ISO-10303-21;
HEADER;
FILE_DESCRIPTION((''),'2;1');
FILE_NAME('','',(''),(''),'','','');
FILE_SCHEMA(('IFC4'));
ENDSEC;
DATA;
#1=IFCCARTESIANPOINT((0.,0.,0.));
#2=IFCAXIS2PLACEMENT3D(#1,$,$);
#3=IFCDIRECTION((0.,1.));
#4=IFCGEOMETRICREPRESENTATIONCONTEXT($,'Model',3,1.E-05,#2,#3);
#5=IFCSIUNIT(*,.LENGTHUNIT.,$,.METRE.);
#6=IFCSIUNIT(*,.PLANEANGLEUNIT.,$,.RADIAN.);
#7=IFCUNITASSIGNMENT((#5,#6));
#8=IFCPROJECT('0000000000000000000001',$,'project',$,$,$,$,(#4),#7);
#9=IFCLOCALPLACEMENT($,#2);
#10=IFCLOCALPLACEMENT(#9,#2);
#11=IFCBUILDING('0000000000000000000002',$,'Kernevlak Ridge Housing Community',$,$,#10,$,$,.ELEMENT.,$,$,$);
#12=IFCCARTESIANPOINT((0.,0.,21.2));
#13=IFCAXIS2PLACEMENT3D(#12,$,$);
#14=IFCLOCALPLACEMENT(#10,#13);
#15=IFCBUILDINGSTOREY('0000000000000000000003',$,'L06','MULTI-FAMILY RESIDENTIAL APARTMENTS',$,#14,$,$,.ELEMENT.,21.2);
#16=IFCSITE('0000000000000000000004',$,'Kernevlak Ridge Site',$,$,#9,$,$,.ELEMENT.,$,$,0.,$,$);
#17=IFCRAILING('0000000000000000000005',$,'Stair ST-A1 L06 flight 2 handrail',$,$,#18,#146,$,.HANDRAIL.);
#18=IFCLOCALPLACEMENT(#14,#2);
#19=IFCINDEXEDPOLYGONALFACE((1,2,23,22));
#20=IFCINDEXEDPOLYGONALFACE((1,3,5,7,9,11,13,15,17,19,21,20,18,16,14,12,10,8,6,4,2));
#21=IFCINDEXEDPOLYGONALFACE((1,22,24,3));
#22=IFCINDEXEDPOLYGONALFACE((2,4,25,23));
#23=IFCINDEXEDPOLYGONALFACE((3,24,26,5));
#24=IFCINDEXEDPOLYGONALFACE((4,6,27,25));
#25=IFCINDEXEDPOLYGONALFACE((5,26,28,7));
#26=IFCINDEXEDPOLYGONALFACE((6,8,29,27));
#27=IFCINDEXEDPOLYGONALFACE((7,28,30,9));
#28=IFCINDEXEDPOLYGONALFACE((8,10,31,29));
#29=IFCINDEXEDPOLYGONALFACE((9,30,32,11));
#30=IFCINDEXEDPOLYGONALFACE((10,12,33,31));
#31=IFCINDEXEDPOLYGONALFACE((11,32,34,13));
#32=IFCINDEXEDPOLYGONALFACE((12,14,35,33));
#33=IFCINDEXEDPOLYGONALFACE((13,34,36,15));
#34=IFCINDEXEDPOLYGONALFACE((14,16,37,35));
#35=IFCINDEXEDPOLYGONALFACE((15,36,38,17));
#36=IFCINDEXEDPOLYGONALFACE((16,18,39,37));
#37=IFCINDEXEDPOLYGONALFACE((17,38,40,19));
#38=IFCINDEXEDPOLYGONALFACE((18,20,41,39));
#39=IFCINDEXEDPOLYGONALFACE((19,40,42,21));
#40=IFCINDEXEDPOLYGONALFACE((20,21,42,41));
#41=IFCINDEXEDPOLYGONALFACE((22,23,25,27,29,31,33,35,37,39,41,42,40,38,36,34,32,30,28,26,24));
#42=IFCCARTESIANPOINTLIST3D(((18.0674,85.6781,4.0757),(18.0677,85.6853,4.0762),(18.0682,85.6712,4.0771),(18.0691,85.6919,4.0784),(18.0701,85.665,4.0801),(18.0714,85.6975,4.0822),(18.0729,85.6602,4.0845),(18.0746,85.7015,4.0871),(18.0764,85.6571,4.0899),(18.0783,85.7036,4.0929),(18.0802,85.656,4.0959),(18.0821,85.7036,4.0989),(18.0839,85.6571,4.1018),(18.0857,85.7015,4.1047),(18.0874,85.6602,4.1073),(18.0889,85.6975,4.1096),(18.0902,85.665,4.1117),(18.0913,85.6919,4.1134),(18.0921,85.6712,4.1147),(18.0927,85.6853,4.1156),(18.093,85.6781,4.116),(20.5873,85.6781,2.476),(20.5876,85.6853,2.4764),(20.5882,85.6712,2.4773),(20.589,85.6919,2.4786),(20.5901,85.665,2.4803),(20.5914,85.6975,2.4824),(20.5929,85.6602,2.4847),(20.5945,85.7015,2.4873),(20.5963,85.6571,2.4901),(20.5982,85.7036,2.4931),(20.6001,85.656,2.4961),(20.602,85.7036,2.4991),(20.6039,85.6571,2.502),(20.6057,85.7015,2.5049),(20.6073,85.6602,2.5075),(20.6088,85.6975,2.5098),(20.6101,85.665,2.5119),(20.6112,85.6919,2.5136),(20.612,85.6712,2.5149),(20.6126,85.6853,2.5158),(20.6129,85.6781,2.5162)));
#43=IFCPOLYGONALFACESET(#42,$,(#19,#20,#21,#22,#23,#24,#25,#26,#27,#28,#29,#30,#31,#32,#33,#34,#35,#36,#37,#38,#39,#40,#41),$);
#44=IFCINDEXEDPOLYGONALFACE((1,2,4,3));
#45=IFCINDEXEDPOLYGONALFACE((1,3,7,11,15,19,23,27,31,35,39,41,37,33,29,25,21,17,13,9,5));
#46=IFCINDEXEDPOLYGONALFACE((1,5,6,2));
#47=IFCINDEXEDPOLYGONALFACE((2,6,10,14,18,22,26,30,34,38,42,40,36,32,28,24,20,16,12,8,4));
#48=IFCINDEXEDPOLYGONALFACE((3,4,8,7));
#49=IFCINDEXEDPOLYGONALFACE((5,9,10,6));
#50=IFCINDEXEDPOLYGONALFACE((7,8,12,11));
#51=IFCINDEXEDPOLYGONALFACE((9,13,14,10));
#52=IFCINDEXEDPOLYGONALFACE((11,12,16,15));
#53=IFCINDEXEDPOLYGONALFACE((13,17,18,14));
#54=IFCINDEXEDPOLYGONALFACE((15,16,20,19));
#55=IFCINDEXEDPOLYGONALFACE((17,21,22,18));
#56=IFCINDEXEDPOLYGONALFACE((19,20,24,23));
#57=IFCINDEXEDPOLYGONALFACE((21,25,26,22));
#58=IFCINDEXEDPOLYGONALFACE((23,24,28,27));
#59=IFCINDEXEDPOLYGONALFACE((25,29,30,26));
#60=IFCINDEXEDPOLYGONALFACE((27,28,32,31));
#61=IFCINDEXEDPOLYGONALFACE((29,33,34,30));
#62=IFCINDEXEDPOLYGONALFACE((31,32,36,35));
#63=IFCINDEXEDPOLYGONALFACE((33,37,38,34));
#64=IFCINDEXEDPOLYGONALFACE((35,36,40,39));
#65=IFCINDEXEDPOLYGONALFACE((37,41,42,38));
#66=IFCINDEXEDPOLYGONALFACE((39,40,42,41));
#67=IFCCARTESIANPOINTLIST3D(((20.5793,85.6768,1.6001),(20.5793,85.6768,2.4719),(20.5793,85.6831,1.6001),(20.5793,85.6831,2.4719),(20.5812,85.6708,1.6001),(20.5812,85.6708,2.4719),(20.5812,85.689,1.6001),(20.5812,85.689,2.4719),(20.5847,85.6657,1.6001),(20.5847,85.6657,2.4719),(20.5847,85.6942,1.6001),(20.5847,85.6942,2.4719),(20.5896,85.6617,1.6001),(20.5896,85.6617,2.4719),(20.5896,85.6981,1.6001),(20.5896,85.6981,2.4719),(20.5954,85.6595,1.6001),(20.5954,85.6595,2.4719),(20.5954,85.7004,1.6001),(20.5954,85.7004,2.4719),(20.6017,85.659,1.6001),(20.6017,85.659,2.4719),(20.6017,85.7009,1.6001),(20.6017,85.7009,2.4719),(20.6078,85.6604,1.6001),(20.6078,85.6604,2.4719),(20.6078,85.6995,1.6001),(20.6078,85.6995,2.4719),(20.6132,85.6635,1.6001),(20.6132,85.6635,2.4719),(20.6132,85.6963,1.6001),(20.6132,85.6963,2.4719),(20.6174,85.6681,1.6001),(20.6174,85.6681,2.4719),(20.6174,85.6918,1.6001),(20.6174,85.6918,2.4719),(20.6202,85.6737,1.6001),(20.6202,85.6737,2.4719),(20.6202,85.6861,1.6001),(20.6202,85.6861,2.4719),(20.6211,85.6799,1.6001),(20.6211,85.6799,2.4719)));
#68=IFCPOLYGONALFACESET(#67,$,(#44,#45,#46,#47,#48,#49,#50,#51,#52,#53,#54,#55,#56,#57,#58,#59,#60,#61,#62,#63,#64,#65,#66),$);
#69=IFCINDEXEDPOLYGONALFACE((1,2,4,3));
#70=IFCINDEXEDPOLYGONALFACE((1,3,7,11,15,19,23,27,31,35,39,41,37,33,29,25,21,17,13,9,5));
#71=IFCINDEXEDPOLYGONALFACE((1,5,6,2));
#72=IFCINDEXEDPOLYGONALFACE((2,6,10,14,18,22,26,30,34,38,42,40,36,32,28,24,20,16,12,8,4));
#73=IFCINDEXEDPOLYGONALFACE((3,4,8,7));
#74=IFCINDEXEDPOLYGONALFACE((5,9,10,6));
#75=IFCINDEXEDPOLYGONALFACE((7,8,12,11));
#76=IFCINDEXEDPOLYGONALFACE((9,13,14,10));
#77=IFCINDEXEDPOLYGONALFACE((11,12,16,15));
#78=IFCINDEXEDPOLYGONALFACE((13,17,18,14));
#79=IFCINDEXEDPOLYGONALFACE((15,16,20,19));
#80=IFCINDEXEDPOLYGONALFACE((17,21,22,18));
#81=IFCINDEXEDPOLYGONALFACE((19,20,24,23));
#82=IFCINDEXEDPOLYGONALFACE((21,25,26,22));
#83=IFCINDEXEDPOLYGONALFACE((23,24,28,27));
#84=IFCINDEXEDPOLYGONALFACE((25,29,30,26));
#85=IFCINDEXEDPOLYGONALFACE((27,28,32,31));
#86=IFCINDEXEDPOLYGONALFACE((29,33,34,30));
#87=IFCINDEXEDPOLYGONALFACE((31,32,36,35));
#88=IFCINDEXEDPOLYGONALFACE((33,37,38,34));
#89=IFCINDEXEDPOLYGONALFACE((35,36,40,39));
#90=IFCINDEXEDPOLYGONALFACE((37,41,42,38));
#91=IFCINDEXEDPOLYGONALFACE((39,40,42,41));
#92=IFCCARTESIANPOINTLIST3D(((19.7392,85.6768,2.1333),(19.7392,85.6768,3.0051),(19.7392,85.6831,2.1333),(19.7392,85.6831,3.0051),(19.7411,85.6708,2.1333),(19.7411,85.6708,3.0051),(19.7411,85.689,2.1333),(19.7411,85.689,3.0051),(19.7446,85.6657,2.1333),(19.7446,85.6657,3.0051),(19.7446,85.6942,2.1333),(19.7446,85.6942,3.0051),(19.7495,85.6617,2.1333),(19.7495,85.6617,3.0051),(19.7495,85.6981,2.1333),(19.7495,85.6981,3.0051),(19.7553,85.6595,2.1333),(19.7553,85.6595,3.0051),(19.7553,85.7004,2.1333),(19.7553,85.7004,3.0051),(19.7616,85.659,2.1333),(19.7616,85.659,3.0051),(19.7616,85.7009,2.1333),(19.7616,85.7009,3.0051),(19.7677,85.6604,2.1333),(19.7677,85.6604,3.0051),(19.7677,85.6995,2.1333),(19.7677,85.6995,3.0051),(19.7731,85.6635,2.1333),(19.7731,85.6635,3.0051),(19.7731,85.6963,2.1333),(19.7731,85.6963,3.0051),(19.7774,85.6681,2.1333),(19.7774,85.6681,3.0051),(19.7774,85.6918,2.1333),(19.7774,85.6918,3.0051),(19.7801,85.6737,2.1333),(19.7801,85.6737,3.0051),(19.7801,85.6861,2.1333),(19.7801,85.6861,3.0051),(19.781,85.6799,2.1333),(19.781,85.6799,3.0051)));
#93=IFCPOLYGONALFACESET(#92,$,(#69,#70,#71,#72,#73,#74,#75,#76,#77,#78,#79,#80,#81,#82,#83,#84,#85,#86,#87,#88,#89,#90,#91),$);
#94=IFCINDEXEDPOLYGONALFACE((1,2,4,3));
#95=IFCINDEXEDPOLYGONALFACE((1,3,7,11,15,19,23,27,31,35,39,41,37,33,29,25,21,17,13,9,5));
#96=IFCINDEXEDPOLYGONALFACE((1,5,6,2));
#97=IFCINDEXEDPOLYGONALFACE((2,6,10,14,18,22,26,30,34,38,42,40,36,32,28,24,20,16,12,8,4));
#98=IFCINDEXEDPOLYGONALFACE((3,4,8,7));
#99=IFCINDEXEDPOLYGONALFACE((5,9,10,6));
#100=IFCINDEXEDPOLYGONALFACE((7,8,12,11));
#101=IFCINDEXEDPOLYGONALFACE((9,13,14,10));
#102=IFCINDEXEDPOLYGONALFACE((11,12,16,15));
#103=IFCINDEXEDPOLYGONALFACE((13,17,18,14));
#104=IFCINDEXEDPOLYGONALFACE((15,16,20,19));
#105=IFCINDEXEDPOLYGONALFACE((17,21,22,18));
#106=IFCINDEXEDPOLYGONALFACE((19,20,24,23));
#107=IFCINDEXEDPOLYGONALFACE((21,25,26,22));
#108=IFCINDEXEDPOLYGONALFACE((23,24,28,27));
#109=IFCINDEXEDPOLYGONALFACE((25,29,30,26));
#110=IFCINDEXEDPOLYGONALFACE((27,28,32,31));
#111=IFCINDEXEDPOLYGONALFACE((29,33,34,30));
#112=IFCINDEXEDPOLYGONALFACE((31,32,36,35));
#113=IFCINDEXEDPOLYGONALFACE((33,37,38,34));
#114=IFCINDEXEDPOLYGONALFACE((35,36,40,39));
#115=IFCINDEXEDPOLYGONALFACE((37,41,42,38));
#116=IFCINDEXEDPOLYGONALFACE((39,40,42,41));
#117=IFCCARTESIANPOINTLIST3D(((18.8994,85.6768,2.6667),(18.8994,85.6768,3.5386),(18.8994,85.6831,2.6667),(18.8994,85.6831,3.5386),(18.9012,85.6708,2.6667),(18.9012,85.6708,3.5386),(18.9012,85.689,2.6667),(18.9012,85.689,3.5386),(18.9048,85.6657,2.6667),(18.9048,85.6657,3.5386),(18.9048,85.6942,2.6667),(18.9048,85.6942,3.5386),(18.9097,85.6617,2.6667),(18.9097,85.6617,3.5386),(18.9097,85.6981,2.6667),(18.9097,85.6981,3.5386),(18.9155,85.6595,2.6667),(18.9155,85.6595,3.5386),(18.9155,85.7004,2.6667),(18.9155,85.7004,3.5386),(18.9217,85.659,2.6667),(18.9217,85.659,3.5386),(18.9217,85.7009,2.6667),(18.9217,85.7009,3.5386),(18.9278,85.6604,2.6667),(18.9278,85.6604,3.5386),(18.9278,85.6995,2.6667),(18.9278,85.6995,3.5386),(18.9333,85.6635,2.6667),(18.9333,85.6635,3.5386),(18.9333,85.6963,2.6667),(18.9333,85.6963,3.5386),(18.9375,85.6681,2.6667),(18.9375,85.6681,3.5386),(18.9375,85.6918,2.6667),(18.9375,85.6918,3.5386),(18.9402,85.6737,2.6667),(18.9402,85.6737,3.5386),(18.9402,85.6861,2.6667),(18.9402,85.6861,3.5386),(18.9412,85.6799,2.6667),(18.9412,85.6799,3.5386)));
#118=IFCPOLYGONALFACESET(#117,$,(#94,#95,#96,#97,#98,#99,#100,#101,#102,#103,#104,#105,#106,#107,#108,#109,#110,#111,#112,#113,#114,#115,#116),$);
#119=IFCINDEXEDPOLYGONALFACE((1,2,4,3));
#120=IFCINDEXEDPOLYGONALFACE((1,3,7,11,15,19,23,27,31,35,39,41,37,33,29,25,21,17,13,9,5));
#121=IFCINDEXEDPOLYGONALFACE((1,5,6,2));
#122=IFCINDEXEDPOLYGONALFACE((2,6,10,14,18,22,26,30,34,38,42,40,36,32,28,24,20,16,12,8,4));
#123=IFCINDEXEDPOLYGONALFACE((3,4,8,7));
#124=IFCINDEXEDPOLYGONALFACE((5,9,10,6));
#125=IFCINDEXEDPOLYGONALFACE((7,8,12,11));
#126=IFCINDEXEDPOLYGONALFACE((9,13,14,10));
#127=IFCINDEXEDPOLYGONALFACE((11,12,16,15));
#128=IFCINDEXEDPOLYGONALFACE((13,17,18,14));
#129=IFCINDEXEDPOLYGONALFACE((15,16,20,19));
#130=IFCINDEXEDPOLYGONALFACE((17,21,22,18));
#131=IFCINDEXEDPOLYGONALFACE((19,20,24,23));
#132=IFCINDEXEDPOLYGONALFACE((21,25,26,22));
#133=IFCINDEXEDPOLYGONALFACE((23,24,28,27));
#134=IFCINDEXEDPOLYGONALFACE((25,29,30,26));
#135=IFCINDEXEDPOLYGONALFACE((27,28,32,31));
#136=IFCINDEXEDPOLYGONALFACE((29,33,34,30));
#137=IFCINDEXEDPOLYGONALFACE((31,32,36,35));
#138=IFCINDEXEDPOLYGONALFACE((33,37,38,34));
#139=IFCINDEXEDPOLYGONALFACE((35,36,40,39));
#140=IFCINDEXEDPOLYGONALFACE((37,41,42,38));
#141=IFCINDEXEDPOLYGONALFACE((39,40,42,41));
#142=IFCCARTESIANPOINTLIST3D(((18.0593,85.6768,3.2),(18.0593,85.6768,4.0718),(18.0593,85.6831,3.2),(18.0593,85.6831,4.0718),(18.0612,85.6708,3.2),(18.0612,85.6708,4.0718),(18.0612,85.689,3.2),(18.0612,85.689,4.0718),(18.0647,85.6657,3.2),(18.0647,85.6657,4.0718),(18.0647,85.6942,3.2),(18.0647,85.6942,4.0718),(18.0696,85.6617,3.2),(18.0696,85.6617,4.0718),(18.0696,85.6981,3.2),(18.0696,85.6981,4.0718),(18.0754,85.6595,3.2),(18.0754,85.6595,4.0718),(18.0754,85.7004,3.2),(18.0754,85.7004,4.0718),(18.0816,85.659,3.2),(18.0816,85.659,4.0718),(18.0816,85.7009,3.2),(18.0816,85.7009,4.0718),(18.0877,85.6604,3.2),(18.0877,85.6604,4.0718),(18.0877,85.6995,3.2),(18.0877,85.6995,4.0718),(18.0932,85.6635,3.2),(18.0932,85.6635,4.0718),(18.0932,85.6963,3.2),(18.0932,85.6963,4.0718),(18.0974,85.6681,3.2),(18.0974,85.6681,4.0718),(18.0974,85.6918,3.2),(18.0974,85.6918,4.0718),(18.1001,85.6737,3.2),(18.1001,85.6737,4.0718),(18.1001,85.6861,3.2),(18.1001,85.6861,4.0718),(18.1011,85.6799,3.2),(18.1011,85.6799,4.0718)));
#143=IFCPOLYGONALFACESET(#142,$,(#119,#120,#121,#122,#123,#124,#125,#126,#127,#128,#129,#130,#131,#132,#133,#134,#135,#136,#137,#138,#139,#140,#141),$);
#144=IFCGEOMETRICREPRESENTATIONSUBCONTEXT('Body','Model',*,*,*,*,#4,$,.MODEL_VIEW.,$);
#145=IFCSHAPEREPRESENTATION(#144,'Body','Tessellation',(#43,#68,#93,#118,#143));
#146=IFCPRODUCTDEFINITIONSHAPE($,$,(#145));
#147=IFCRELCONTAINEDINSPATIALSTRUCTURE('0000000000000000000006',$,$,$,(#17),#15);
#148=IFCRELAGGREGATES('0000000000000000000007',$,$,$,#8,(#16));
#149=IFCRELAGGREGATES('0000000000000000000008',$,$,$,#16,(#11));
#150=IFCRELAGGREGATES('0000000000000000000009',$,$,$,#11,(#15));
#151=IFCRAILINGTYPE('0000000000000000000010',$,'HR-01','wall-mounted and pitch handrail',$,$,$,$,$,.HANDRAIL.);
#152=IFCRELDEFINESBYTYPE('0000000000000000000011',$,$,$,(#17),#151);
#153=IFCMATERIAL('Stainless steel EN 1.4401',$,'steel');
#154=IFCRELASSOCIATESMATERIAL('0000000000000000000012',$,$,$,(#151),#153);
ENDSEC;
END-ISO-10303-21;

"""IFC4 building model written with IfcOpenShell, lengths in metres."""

from ifc_helpers import new_model, si_unit, direction, frame, origin, origin_2d, place, context, subcontext, project, spatial, circle, extrude, material, type_object, element, save


model = new_model("IFC4")

# Units and contexts
model_context = context("Model", 3, precision=1e-05, world=origin(), true_north=direction((0.0, 1.0)))
body_context = subcontext(model_context, "Body", "Model", "MODEL_VIEW")
ifc_project = project(units=[si_unit("LENGTHUNIT", "METRE"), si_unit("PLANEANGLEUNIT", "RADIAN")], contexts=[model_context])

# Site, building, storey
site_placement = place(None, origin())
site = spatial("IfcSite", under=ifc_project, at=site_placement, Name="Kernevlak Ridge Site", CompositionType="ELEMENT", RefElevation=0.0)
building_placement = place(site_placement, origin())
building = spatial("IfcBuilding", under=site, at=building_placement, Name="Kernevlak Ridge Housing Community", CompositionType="ELEMENT")
storey_placement = place(building_placement, frame((0.0, 0.0, 21.2)))
storey = spatial("IfcBuildingStorey", under=building, at=storey_placement, Name="L06", Description="MULTI-FAMILY RESIDENTIAL APARTMENTS", CompositionType="ELEMENT", Elevation=21.2)

# Railing
ifc_material_1 = material(Name="Stainless steel EN 1.4401", Category="steel")
railing_type = type_object("IfcRailingType", Name="HR-01", Description="wall-mounted and pitch handrail", PredefinedType="HANDRAIL", material=ifc_material_1)
railing_placement = place(storey_placement, frame((20.6001, 85.6799, 1.6001)))
element("IfcRailing", 1, at=railing_placement, inside=storey, type_object=railing_type, Name="Stair ST-A1 L06 flight 2 handrail", PredefinedType="HANDRAIL", context=body_context, shape_type="SweptSolid", body=[
    extrude(circle(Radius=0.0239, at=origin_2d()), frame((0.0, 0.0, 0.896), z_axis=(-0.844237, 0.0, 0.53597), x_axis=(0.0, -1.0, 0.0)), (0.0, 0.0, 1.0), 2.9849),
    extrude(circle(Radius=0.021, at=origin_2d()), origin(), (0.0, 0.0, 1.0), 0.8718),
    extrude(circle(Radius=0.021, at=origin_2d()), frame((-0.8401, 0.0, 0.5332)), (0.0, 0.0, 1.0), 0.8718),
    extrude(circle(Radius=0.021, at=origin_2d()), frame((-1.6799, 0.0, 1.0667)), (0.0, 0.0, 1.0), 0.8718),
    extrude(circle(Radius=0.021, at=origin_2d()), frame((-2.52, 0.0, 1.5999)), (0.0, 0.0, 1.0), 0.8718),
])

save(model, "model.ifc")
